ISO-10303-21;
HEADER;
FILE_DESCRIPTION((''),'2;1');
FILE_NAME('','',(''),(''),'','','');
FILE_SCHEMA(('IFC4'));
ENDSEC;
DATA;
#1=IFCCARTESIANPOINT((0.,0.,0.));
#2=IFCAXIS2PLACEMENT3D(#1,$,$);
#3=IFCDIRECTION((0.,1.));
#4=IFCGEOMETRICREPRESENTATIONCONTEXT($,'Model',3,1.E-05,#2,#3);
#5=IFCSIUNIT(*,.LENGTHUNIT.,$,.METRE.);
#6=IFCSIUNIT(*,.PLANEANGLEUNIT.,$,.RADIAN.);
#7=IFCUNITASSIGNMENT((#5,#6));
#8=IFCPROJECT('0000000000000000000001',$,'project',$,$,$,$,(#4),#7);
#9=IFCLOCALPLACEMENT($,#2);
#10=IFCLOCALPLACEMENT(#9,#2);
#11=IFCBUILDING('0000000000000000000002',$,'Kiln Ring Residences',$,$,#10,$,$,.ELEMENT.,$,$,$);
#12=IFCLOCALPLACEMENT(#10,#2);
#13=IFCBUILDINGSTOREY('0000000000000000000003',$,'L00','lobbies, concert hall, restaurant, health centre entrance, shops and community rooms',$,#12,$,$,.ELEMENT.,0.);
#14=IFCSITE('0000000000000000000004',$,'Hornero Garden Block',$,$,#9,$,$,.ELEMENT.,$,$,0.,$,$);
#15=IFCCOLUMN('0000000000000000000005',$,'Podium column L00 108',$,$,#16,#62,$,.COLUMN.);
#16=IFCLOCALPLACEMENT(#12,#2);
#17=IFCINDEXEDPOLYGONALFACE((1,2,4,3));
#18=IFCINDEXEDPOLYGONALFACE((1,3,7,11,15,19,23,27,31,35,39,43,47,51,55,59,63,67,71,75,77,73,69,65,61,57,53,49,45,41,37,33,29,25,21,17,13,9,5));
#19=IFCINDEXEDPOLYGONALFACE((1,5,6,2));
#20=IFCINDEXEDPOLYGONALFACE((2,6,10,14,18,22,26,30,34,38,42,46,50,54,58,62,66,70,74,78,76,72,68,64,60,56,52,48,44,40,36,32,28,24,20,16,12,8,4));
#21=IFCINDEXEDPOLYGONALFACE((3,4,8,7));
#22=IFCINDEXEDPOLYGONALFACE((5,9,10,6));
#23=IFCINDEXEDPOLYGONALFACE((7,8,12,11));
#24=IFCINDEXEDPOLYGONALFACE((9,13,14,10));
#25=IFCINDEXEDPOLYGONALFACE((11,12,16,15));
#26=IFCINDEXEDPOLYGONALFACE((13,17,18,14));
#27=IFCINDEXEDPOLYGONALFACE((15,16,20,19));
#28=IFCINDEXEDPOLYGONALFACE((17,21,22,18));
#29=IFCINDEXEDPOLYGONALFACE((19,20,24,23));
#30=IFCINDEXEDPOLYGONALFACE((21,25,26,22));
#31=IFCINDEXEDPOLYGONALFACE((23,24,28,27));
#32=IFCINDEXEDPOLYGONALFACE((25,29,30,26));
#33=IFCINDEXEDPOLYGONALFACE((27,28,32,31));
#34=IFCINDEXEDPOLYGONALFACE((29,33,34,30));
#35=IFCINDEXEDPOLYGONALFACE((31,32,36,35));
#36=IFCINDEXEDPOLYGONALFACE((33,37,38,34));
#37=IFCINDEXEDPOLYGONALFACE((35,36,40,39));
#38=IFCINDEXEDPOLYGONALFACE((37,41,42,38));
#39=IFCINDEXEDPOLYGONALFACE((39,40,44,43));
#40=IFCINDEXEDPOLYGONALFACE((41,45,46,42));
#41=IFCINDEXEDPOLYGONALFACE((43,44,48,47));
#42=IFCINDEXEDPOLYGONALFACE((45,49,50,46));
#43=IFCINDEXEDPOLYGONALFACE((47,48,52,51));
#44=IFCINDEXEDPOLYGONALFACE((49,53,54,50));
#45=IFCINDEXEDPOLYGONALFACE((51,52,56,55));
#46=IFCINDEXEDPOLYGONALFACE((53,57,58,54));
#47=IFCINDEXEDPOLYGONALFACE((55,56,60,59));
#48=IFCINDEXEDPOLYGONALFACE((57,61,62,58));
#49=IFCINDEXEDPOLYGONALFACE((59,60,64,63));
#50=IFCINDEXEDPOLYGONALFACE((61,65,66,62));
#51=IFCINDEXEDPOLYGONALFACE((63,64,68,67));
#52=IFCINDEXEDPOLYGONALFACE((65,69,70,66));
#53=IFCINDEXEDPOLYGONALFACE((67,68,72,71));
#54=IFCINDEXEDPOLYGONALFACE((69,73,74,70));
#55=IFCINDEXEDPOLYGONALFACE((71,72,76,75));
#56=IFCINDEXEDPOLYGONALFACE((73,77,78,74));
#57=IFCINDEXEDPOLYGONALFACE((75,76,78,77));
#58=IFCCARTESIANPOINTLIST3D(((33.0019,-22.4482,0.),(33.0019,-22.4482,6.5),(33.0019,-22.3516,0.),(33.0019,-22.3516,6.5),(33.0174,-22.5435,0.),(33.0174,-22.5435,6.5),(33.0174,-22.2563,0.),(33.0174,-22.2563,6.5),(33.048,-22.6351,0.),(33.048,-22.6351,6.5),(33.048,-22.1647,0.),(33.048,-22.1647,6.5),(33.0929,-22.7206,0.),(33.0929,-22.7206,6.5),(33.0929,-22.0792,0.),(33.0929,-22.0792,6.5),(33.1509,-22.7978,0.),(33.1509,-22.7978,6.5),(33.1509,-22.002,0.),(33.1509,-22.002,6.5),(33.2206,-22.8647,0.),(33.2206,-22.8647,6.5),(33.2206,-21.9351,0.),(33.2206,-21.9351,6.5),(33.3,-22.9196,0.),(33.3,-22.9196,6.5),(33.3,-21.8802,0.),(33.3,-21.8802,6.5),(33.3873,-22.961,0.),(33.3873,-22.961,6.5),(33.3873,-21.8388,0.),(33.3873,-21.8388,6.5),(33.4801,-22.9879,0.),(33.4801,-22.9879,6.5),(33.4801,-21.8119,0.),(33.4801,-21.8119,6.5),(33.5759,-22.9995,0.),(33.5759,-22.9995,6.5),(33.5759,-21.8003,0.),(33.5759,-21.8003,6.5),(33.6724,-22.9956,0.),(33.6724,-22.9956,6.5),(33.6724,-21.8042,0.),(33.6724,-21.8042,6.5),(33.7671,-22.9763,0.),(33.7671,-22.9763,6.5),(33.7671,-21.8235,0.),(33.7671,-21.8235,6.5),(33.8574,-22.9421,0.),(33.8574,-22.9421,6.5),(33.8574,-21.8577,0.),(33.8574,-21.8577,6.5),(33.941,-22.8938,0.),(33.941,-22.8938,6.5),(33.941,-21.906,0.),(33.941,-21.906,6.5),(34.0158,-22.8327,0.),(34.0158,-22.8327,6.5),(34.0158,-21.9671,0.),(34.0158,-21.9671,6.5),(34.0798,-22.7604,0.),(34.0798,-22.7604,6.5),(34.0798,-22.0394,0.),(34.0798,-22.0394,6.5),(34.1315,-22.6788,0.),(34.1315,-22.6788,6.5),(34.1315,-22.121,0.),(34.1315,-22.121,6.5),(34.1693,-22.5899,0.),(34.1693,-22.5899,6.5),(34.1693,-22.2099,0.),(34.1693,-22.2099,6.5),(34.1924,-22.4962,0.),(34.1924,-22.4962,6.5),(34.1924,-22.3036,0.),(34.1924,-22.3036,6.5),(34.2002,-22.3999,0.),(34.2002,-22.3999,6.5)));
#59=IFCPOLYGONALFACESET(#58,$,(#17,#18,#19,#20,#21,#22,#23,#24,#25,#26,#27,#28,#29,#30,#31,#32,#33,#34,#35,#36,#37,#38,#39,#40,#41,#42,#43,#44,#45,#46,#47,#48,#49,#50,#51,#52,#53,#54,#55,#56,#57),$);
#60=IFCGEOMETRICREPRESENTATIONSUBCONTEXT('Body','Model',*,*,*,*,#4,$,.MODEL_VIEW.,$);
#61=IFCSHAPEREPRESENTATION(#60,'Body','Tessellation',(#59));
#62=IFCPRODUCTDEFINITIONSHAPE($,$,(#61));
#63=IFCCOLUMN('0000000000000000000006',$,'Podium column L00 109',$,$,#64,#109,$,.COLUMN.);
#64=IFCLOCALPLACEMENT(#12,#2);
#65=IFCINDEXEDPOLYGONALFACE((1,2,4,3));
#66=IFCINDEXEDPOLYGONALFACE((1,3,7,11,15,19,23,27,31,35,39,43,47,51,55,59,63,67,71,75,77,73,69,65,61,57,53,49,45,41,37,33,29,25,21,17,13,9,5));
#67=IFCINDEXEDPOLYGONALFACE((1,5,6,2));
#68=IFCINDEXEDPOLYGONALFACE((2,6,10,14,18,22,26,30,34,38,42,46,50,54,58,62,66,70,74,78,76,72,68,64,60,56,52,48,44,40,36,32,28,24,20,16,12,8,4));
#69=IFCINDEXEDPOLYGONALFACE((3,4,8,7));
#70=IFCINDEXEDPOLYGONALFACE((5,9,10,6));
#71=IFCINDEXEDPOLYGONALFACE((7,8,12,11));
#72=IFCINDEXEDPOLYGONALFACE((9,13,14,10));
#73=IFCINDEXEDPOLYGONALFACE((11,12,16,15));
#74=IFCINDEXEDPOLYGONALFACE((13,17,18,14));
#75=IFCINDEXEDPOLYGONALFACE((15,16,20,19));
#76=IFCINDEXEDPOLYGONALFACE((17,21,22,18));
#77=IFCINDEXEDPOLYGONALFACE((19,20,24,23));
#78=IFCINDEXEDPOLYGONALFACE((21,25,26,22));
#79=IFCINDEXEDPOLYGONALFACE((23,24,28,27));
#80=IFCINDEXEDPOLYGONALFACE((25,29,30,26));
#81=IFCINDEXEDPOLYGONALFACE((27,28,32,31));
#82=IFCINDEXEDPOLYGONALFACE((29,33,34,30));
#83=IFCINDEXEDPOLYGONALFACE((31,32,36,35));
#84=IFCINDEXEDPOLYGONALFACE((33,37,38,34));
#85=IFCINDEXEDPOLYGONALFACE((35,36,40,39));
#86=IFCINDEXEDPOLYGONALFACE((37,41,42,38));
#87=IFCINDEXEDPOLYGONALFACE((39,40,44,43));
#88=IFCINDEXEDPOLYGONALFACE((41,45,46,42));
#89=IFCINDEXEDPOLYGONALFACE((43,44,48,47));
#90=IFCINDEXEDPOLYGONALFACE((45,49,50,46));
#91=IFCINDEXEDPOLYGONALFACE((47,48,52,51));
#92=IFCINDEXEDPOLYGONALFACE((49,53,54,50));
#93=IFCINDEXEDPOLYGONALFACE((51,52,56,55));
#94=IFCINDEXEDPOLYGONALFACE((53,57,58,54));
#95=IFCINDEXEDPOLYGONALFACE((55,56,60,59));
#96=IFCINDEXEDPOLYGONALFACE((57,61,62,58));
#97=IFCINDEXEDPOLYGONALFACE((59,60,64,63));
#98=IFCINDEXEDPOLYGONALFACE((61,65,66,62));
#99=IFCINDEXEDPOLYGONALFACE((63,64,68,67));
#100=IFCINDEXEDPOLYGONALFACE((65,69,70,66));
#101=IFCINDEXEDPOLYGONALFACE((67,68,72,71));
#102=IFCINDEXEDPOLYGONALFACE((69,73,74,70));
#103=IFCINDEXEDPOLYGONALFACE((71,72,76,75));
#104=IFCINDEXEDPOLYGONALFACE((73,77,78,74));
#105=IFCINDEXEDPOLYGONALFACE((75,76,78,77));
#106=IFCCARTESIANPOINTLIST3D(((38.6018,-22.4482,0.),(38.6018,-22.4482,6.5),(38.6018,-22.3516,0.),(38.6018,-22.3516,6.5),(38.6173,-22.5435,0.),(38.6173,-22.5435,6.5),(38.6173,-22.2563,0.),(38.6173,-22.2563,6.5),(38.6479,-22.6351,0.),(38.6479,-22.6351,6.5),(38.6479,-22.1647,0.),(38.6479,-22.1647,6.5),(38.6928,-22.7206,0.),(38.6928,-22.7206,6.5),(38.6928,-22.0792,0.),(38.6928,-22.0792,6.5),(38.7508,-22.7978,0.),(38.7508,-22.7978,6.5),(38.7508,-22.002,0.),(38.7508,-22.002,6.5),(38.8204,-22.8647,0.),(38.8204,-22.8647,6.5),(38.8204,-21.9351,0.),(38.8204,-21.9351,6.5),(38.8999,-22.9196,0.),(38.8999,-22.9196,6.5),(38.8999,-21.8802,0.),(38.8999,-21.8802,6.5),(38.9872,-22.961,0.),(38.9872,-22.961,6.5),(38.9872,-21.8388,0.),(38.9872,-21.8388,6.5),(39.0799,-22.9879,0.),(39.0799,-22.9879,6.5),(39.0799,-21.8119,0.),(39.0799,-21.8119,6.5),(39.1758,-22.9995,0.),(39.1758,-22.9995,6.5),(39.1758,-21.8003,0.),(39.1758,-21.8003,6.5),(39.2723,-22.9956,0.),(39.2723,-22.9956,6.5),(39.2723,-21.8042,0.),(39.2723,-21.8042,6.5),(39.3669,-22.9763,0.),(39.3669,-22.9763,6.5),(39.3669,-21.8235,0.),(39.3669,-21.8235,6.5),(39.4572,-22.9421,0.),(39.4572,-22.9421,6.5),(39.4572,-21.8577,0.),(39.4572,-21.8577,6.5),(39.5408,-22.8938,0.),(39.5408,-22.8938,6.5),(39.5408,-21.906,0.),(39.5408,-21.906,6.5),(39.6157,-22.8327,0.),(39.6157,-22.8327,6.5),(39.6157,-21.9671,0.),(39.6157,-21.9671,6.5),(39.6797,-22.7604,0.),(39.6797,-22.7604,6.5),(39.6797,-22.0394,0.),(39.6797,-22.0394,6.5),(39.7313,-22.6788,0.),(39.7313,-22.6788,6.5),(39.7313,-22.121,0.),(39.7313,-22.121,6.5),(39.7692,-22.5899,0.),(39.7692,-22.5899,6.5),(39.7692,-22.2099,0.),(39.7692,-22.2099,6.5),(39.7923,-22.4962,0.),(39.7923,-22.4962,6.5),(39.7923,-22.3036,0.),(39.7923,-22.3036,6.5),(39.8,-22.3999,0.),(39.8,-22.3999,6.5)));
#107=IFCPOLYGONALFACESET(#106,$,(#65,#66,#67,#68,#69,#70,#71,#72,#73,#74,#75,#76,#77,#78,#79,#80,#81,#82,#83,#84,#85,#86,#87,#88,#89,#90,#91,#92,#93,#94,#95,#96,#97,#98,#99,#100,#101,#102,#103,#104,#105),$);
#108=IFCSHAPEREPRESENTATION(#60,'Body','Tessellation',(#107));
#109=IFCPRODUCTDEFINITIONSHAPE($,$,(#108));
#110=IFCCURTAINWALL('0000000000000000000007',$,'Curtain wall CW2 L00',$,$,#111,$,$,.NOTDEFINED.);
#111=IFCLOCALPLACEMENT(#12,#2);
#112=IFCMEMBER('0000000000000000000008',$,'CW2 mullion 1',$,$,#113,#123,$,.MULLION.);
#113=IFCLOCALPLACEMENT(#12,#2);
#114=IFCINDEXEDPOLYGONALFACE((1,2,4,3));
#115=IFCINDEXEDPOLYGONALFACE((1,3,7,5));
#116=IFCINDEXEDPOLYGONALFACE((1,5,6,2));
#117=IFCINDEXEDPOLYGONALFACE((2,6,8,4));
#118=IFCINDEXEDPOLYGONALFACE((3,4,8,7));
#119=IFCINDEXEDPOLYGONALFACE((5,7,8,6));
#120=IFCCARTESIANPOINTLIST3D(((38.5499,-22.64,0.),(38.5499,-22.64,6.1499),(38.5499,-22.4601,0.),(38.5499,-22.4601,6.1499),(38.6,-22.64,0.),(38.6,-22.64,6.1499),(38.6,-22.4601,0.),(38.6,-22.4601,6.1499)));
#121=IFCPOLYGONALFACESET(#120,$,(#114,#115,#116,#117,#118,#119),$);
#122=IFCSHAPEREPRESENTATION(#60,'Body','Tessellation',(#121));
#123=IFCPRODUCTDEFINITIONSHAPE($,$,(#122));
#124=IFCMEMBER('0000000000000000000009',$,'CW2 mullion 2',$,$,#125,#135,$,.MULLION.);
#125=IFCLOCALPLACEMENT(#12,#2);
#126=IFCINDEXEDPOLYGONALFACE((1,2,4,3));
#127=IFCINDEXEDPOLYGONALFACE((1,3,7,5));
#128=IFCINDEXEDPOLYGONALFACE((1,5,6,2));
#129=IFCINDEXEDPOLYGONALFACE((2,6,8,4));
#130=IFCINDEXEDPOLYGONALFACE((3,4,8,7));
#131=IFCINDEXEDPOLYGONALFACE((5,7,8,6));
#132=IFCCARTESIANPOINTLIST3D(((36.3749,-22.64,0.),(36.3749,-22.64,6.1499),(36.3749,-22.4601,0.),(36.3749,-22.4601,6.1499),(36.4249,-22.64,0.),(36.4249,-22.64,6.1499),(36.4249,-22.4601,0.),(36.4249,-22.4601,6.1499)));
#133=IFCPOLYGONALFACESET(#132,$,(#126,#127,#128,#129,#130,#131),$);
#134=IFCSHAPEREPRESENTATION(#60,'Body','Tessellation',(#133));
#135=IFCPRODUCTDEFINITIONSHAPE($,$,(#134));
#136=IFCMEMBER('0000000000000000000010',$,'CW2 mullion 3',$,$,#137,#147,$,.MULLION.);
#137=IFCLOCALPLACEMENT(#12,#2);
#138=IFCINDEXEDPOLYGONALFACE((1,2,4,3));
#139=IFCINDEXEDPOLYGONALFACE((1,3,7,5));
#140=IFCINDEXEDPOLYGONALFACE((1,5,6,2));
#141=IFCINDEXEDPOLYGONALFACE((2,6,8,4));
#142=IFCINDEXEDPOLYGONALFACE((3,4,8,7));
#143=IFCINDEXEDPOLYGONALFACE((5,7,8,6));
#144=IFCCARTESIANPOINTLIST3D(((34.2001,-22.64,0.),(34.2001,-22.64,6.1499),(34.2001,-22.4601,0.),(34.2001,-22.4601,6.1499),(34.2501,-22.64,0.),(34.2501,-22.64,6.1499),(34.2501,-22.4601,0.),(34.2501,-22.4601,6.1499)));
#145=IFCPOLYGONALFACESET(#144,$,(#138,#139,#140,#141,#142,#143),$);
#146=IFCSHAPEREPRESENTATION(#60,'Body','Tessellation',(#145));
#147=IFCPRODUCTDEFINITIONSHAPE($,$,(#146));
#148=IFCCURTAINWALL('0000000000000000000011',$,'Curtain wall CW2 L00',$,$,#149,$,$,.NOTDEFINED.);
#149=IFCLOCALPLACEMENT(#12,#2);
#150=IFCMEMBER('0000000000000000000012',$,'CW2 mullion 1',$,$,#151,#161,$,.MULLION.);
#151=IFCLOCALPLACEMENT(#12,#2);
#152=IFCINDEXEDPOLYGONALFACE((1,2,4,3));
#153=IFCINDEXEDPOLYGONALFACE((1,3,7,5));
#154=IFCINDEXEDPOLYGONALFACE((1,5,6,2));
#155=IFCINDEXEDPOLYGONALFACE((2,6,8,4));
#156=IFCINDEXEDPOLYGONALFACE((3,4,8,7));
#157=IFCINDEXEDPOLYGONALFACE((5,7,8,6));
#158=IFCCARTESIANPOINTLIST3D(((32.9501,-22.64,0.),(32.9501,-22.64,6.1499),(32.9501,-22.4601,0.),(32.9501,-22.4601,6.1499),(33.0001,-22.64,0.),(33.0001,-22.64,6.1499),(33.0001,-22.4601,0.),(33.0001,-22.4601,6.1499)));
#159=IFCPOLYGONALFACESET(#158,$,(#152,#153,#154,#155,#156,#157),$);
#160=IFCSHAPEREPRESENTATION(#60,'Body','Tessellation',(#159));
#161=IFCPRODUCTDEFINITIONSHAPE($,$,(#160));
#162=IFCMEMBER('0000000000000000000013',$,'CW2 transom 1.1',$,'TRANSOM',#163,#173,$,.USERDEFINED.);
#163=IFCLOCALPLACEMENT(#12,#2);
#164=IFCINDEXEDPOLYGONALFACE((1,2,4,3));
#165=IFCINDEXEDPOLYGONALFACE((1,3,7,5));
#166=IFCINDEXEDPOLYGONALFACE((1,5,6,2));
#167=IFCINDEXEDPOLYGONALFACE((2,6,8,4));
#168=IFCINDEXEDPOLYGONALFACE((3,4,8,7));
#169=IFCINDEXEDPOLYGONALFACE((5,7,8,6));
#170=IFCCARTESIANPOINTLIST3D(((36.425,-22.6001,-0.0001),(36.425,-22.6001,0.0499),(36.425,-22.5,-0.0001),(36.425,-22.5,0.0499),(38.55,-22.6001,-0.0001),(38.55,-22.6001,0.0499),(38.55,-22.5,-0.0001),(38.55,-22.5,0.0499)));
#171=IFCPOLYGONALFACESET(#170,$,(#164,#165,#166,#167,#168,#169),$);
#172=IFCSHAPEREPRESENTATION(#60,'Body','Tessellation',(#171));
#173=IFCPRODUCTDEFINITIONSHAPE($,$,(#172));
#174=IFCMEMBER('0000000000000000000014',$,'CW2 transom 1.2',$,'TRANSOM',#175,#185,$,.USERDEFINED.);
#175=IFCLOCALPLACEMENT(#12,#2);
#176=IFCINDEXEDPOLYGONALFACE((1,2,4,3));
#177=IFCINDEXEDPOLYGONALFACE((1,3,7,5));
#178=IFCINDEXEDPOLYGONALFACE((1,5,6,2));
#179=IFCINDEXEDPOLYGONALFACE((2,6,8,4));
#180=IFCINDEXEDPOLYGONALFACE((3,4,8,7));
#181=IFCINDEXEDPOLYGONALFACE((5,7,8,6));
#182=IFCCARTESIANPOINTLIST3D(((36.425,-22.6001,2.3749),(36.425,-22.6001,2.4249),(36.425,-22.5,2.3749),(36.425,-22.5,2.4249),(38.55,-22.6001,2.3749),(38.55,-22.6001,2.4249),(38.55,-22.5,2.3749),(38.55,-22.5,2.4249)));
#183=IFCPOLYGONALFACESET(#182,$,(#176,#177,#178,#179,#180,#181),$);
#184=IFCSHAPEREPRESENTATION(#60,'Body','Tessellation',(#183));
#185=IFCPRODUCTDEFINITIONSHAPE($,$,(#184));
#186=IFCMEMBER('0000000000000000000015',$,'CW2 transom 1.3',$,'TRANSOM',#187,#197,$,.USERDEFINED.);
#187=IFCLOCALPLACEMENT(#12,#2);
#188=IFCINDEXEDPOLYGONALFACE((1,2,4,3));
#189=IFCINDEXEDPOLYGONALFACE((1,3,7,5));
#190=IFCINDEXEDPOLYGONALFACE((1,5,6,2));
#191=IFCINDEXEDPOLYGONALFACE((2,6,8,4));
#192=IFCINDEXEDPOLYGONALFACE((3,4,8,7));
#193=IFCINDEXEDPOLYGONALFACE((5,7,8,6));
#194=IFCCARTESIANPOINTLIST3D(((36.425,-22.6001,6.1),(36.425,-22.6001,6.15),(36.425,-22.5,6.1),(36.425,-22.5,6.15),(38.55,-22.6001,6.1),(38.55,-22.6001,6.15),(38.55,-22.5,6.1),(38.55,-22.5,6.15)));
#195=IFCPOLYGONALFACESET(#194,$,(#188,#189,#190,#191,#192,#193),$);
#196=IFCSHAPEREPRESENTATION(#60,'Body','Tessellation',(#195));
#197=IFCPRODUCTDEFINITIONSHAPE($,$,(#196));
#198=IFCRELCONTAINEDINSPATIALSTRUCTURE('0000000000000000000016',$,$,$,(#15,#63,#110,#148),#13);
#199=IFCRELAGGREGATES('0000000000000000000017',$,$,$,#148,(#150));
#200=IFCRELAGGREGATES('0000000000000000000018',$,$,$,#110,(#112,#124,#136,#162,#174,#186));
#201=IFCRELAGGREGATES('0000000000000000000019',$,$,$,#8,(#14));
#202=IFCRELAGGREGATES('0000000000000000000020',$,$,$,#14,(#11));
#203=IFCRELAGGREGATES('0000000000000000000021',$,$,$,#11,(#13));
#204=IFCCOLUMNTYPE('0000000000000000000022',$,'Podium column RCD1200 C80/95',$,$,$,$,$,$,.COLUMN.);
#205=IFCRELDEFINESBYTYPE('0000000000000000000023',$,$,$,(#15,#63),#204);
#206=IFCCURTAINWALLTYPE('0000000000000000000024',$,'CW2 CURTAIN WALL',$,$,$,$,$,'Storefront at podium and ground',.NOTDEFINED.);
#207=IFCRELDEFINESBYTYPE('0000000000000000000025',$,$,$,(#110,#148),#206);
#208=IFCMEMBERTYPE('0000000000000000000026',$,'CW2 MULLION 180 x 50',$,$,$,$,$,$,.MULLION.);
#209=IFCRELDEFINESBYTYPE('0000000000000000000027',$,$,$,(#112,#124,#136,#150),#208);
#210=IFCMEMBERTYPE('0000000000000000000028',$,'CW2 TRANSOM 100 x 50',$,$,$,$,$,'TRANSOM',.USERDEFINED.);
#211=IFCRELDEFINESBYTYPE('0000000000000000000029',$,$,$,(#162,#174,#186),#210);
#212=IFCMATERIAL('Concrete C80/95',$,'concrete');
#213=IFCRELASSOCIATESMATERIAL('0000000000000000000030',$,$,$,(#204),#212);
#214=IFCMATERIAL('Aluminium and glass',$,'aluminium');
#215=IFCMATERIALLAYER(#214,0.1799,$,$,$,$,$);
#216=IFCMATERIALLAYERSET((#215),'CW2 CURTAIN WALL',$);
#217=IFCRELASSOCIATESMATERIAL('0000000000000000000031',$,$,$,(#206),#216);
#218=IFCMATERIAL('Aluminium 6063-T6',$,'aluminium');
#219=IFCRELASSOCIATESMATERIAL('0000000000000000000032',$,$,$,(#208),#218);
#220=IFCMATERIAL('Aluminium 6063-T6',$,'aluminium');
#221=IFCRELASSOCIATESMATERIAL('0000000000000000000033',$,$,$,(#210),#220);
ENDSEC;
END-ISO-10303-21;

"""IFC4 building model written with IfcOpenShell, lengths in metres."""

from ifc_helpers import new_model, si_unit, direction, frame, origin, origin_2d, place, context, subcontext, project, spatial, rectangle, circle, extrude, material, layer, layer_set, material_profile, profile_set, type_object, element, aggregate, save


model = new_model("IFC4")

# Units and contexts
model_context = context("Model", 3, precision=1e-05, world=origin(), true_north=direction((0.0, 1.0)))
body_context = subcontext(model_context, "Body", "Model", "MODEL_VIEW")
ifc_project = project(units=[si_unit("LENGTHUNIT", "METRE"), si_unit("PLANEANGLEUNIT", "RADIAN")], contexts=[model_context])

# Site, building, storey
site_placement = place(None, origin())
site = spatial("IfcSite", under=ifc_project, at=site_placement, Name="Hornero Garden Block", CompositionType="ELEMENT", RefElevation=0.0)
building_placement = place(site_placement, origin())
building = spatial("IfcBuilding", under=site, at=building_placement, Name="Kiln Ring Residences", CompositionType="ELEMENT")
storey_placement = place(building_placement, origin())
storey = spatial("IfcBuildingStorey", under=building, at=storey_placement, Name="L00", Description="lobbies, concert hall, restaurant, health centre entrance, shops and community rooms", CompositionType="ELEMENT", Elevation=0.0)

# Columns
ifc_material_1 = material(Name="Concrete C80/95", Category="concrete")
ifc_material_profile_1 = material_profile(ifc_material_1, circle(Radius=0.6001, at=origin_2d()), Name="RCD1200")
ifc_profile_set_1 = profile_set([ifc_material_profile_1], Name="Concrete C80/95")
column_type = type_object("IfcColumnType", Name="Podium column RCD1200 C80/95", PredefinedType="COLUMN", material=ifc_profile_set_1)
for number, where, z_axis, x_axis, name in (
    (1, (33.6001, -22.3999, 0.0), (0.0, 0.0, 1.0), (1.0, 0.0, 0.0), "Podium column L00 108"),
    (2, (39.2, -22.3999, 0.0), (0.0, 0.0, 1.0), (1.0, 0.0, 0.0), "Podium column L00 109"),
):
    element("IfcColumn", number, at=place(storey_placement, frame(where, z_axis=z_axis, x_axis=x_axis)), inside=storey, type_object=column_type, Name=name, PredefinedType="COLUMN", context=body_context, shape_type="SweptSolid", body=[
        extrude(circle(Radius=0.6001, at=origin_2d()), origin(), (0.0, 0.0, 1.0), 6.5),
    ])

# Curtain wall, members
ifc_material_2 = material(Name="Aluminium and glass", Category="aluminium")
ifc_layer_1 = layer(ifc_material_2, 0.1799)
ifc_layer_set_1 = layer_set([ifc_layer_1], Name="CW2 CURTAIN WALL")
curtain_wall_type = type_object("IfcCurtainWallType", Name="CW2 CURTAIN WALL", ElementType="Storefront at podium and ground", PredefinedType="NOTDEFINED", material=ifc_layer_set_1)
placement = place(storey_placement, origin())
curtain_wall_1 = element("IfcCurtainWall", 3, at=placement, inside=storey, type_object=curtain_wall_type, Name="Curtain wall CW2 L00", PredefinedType="NOTDEFINED")
ifc_material_3 = material(Name="Aluminium 6063-T6", Category="aluminium")
ifc_material_profile_2 = material_profile(ifc_material_3, rectangle(XDim=0.1799, YDim=0.05, at=origin_2d()), Name="AL 180x50")
ifc_profile_set_2 = profile_set([ifc_material_profile_2], Name="Aluminium 6063-T6")
member_type_1 = type_object("IfcMemberType", Name="CW2 MULLION 180 x 50", PredefinedType="MULLION", material=ifc_profile_set_2)
member_1_placement = place(storey_placement, frame((38.575, -22.55, 0.0), z_axis=(0.0, 0.0, 1.0), x_axis=(0.0, -1.0, 0.0)))
member_1 = element("IfcMember", 4, at=member_1_placement, type_object=member_type_1, Name="CW2 mullion 1", PredefinedType="MULLION", context=body_context, shape_type="SweptSolid", body=[
    extrude(rectangle(XDim=0.1799, YDim=0.05, at=origin_2d()), origin(), (0.0, 0.0, 1.0), 6.1499),
])
member_2_placement = place(storey_placement, frame((36.3999, -22.55, 0.0), z_axis=(0.0, 0.0, 1.0), x_axis=(0.0, -1.0, 0.0)))
member_2 = element("IfcMember", 5, at=member_2_placement, type_object=member_type_1, Name="CW2 mullion 2", PredefinedType="MULLION", context=body_context, shape_type="SweptSolid", body=[
    extrude(rectangle(XDim=0.1799, YDim=0.05, at=origin_2d()), origin(), (0.0, 0.0, 1.0), 6.1499),
])
member_3_placement = place(storey_placement, frame((34.2251, -22.55, 0.0), z_axis=(0.0, 0.0, 1.0), x_axis=(0.0, -1.0, 0.0)))
member_3 = element("IfcMember", 6, at=member_3_placement, type_object=member_type_1, Name="CW2 mullion 3", PredefinedType="MULLION", context=body_context, shape_type="SweptSolid", body=[
    extrude(rectangle(XDim=0.1799, YDim=0.05, at=origin_2d()), origin(), (0.0, 0.0, 1.0), 6.1499),
])

# Curtain wall, member
curtain_wall_2 = element("IfcCurtainWall", 7, at=placement, inside=storey, type_object=curtain_wall_type, Name="Curtain wall CW2 L00", PredefinedType="NOTDEFINED")
member_4_placement = place(storey_placement, frame((32.9751, -22.55, 0.0), z_axis=(0.0, 0.0, 1.0), x_axis=(0.0, -1.0, 0.0)))
member_4 = element("IfcMember", 8, at=member_4_placement, type_object=member_type_1, Name="CW2 mullion 1", PredefinedType="MULLION", context=body_context, shape_type="SweptSolid", body=[
    extrude(rectangle(XDim=0.1799, YDim=0.05, at=origin_2d()), origin(), (0.0, 0.0, 1.0), 6.1499),
])

# Members
ifc_material_4 = material(Name="Aluminium 6063-T6", Category="aluminium")
ifc_material_profile_3 = material_profile(ifc_material_4, rectangle(XDim=0.1001, YDim=0.05, at=origin_2d()), Name="AL 100x50")
ifc_profile_set_3 = profile_set([ifc_material_profile_3], Name="Aluminium 6063-T6")
member_type_2 = type_object("IfcMemberType", Name="CW2 TRANSOM 100 x 50", ElementType="TRANSOM", PredefinedType="USERDEFINED", material=ifc_profile_set_3)
member_5_placement = place(storey_placement, frame((38.55, -22.55, 0.0249), z_axis=(-1.0, 0.0, 0.0), x_axis=(0.0, -1.0, 0.0)))
member_5 = element("IfcMember", 9, at=member_5_placement, type_object=member_type_2, Name="CW2 transom 1.1", ObjectType="TRANSOM", PredefinedType="USERDEFINED", context=body_context, shape_type="SweptSolid", body=[
    extrude(rectangle(XDim=0.1001, YDim=0.05, at=origin_2d()), origin(), (0.0, 0.0, 1.0), 2.125),
])
member_6_placement = place(storey_placement, frame((38.55, -22.55, 2.3999), z_axis=(-1.0, 0.0, 0.0), x_axis=(0.0, -1.0, 0.0)))
member_6 = element("IfcMember", 10, at=member_6_placement, type_object=member_type_2, Name="CW2 transom 1.2", ObjectType="TRANSOM", PredefinedType="USERDEFINED", context=body_context, shape_type="SweptSolid", body=[
    extrude(rectangle(XDim=0.1001, YDim=0.05, at=origin_2d()), origin(), (0.0, 0.0, 1.0), 2.125),
])
member_7_placement = place(storey_placement, frame((38.55, -22.55, 6.125), z_axis=(-1.0, 0.0, 0.0), x_axis=(0.0, -1.0, 0.0)))
member_7 = element("IfcMember", 11, at=member_7_placement, type_object=member_type_2, Name="CW2 transom 1.3", ObjectType="TRANSOM", PredefinedType="USERDEFINED", context=body_context, shape_type="SweptSolid", body=[
    extrude(rectangle(XDim=0.1001, YDim=0.05, at=origin_2d()), origin(), (0.0, 0.0, 1.0), 2.125),
])
aggregate(curtain_wall_2, [member_4])

aggregate(curtain_wall_1, [member_1, member_2, member_3, member_5, member_6, member_7])

save(model, "model.ifc")
